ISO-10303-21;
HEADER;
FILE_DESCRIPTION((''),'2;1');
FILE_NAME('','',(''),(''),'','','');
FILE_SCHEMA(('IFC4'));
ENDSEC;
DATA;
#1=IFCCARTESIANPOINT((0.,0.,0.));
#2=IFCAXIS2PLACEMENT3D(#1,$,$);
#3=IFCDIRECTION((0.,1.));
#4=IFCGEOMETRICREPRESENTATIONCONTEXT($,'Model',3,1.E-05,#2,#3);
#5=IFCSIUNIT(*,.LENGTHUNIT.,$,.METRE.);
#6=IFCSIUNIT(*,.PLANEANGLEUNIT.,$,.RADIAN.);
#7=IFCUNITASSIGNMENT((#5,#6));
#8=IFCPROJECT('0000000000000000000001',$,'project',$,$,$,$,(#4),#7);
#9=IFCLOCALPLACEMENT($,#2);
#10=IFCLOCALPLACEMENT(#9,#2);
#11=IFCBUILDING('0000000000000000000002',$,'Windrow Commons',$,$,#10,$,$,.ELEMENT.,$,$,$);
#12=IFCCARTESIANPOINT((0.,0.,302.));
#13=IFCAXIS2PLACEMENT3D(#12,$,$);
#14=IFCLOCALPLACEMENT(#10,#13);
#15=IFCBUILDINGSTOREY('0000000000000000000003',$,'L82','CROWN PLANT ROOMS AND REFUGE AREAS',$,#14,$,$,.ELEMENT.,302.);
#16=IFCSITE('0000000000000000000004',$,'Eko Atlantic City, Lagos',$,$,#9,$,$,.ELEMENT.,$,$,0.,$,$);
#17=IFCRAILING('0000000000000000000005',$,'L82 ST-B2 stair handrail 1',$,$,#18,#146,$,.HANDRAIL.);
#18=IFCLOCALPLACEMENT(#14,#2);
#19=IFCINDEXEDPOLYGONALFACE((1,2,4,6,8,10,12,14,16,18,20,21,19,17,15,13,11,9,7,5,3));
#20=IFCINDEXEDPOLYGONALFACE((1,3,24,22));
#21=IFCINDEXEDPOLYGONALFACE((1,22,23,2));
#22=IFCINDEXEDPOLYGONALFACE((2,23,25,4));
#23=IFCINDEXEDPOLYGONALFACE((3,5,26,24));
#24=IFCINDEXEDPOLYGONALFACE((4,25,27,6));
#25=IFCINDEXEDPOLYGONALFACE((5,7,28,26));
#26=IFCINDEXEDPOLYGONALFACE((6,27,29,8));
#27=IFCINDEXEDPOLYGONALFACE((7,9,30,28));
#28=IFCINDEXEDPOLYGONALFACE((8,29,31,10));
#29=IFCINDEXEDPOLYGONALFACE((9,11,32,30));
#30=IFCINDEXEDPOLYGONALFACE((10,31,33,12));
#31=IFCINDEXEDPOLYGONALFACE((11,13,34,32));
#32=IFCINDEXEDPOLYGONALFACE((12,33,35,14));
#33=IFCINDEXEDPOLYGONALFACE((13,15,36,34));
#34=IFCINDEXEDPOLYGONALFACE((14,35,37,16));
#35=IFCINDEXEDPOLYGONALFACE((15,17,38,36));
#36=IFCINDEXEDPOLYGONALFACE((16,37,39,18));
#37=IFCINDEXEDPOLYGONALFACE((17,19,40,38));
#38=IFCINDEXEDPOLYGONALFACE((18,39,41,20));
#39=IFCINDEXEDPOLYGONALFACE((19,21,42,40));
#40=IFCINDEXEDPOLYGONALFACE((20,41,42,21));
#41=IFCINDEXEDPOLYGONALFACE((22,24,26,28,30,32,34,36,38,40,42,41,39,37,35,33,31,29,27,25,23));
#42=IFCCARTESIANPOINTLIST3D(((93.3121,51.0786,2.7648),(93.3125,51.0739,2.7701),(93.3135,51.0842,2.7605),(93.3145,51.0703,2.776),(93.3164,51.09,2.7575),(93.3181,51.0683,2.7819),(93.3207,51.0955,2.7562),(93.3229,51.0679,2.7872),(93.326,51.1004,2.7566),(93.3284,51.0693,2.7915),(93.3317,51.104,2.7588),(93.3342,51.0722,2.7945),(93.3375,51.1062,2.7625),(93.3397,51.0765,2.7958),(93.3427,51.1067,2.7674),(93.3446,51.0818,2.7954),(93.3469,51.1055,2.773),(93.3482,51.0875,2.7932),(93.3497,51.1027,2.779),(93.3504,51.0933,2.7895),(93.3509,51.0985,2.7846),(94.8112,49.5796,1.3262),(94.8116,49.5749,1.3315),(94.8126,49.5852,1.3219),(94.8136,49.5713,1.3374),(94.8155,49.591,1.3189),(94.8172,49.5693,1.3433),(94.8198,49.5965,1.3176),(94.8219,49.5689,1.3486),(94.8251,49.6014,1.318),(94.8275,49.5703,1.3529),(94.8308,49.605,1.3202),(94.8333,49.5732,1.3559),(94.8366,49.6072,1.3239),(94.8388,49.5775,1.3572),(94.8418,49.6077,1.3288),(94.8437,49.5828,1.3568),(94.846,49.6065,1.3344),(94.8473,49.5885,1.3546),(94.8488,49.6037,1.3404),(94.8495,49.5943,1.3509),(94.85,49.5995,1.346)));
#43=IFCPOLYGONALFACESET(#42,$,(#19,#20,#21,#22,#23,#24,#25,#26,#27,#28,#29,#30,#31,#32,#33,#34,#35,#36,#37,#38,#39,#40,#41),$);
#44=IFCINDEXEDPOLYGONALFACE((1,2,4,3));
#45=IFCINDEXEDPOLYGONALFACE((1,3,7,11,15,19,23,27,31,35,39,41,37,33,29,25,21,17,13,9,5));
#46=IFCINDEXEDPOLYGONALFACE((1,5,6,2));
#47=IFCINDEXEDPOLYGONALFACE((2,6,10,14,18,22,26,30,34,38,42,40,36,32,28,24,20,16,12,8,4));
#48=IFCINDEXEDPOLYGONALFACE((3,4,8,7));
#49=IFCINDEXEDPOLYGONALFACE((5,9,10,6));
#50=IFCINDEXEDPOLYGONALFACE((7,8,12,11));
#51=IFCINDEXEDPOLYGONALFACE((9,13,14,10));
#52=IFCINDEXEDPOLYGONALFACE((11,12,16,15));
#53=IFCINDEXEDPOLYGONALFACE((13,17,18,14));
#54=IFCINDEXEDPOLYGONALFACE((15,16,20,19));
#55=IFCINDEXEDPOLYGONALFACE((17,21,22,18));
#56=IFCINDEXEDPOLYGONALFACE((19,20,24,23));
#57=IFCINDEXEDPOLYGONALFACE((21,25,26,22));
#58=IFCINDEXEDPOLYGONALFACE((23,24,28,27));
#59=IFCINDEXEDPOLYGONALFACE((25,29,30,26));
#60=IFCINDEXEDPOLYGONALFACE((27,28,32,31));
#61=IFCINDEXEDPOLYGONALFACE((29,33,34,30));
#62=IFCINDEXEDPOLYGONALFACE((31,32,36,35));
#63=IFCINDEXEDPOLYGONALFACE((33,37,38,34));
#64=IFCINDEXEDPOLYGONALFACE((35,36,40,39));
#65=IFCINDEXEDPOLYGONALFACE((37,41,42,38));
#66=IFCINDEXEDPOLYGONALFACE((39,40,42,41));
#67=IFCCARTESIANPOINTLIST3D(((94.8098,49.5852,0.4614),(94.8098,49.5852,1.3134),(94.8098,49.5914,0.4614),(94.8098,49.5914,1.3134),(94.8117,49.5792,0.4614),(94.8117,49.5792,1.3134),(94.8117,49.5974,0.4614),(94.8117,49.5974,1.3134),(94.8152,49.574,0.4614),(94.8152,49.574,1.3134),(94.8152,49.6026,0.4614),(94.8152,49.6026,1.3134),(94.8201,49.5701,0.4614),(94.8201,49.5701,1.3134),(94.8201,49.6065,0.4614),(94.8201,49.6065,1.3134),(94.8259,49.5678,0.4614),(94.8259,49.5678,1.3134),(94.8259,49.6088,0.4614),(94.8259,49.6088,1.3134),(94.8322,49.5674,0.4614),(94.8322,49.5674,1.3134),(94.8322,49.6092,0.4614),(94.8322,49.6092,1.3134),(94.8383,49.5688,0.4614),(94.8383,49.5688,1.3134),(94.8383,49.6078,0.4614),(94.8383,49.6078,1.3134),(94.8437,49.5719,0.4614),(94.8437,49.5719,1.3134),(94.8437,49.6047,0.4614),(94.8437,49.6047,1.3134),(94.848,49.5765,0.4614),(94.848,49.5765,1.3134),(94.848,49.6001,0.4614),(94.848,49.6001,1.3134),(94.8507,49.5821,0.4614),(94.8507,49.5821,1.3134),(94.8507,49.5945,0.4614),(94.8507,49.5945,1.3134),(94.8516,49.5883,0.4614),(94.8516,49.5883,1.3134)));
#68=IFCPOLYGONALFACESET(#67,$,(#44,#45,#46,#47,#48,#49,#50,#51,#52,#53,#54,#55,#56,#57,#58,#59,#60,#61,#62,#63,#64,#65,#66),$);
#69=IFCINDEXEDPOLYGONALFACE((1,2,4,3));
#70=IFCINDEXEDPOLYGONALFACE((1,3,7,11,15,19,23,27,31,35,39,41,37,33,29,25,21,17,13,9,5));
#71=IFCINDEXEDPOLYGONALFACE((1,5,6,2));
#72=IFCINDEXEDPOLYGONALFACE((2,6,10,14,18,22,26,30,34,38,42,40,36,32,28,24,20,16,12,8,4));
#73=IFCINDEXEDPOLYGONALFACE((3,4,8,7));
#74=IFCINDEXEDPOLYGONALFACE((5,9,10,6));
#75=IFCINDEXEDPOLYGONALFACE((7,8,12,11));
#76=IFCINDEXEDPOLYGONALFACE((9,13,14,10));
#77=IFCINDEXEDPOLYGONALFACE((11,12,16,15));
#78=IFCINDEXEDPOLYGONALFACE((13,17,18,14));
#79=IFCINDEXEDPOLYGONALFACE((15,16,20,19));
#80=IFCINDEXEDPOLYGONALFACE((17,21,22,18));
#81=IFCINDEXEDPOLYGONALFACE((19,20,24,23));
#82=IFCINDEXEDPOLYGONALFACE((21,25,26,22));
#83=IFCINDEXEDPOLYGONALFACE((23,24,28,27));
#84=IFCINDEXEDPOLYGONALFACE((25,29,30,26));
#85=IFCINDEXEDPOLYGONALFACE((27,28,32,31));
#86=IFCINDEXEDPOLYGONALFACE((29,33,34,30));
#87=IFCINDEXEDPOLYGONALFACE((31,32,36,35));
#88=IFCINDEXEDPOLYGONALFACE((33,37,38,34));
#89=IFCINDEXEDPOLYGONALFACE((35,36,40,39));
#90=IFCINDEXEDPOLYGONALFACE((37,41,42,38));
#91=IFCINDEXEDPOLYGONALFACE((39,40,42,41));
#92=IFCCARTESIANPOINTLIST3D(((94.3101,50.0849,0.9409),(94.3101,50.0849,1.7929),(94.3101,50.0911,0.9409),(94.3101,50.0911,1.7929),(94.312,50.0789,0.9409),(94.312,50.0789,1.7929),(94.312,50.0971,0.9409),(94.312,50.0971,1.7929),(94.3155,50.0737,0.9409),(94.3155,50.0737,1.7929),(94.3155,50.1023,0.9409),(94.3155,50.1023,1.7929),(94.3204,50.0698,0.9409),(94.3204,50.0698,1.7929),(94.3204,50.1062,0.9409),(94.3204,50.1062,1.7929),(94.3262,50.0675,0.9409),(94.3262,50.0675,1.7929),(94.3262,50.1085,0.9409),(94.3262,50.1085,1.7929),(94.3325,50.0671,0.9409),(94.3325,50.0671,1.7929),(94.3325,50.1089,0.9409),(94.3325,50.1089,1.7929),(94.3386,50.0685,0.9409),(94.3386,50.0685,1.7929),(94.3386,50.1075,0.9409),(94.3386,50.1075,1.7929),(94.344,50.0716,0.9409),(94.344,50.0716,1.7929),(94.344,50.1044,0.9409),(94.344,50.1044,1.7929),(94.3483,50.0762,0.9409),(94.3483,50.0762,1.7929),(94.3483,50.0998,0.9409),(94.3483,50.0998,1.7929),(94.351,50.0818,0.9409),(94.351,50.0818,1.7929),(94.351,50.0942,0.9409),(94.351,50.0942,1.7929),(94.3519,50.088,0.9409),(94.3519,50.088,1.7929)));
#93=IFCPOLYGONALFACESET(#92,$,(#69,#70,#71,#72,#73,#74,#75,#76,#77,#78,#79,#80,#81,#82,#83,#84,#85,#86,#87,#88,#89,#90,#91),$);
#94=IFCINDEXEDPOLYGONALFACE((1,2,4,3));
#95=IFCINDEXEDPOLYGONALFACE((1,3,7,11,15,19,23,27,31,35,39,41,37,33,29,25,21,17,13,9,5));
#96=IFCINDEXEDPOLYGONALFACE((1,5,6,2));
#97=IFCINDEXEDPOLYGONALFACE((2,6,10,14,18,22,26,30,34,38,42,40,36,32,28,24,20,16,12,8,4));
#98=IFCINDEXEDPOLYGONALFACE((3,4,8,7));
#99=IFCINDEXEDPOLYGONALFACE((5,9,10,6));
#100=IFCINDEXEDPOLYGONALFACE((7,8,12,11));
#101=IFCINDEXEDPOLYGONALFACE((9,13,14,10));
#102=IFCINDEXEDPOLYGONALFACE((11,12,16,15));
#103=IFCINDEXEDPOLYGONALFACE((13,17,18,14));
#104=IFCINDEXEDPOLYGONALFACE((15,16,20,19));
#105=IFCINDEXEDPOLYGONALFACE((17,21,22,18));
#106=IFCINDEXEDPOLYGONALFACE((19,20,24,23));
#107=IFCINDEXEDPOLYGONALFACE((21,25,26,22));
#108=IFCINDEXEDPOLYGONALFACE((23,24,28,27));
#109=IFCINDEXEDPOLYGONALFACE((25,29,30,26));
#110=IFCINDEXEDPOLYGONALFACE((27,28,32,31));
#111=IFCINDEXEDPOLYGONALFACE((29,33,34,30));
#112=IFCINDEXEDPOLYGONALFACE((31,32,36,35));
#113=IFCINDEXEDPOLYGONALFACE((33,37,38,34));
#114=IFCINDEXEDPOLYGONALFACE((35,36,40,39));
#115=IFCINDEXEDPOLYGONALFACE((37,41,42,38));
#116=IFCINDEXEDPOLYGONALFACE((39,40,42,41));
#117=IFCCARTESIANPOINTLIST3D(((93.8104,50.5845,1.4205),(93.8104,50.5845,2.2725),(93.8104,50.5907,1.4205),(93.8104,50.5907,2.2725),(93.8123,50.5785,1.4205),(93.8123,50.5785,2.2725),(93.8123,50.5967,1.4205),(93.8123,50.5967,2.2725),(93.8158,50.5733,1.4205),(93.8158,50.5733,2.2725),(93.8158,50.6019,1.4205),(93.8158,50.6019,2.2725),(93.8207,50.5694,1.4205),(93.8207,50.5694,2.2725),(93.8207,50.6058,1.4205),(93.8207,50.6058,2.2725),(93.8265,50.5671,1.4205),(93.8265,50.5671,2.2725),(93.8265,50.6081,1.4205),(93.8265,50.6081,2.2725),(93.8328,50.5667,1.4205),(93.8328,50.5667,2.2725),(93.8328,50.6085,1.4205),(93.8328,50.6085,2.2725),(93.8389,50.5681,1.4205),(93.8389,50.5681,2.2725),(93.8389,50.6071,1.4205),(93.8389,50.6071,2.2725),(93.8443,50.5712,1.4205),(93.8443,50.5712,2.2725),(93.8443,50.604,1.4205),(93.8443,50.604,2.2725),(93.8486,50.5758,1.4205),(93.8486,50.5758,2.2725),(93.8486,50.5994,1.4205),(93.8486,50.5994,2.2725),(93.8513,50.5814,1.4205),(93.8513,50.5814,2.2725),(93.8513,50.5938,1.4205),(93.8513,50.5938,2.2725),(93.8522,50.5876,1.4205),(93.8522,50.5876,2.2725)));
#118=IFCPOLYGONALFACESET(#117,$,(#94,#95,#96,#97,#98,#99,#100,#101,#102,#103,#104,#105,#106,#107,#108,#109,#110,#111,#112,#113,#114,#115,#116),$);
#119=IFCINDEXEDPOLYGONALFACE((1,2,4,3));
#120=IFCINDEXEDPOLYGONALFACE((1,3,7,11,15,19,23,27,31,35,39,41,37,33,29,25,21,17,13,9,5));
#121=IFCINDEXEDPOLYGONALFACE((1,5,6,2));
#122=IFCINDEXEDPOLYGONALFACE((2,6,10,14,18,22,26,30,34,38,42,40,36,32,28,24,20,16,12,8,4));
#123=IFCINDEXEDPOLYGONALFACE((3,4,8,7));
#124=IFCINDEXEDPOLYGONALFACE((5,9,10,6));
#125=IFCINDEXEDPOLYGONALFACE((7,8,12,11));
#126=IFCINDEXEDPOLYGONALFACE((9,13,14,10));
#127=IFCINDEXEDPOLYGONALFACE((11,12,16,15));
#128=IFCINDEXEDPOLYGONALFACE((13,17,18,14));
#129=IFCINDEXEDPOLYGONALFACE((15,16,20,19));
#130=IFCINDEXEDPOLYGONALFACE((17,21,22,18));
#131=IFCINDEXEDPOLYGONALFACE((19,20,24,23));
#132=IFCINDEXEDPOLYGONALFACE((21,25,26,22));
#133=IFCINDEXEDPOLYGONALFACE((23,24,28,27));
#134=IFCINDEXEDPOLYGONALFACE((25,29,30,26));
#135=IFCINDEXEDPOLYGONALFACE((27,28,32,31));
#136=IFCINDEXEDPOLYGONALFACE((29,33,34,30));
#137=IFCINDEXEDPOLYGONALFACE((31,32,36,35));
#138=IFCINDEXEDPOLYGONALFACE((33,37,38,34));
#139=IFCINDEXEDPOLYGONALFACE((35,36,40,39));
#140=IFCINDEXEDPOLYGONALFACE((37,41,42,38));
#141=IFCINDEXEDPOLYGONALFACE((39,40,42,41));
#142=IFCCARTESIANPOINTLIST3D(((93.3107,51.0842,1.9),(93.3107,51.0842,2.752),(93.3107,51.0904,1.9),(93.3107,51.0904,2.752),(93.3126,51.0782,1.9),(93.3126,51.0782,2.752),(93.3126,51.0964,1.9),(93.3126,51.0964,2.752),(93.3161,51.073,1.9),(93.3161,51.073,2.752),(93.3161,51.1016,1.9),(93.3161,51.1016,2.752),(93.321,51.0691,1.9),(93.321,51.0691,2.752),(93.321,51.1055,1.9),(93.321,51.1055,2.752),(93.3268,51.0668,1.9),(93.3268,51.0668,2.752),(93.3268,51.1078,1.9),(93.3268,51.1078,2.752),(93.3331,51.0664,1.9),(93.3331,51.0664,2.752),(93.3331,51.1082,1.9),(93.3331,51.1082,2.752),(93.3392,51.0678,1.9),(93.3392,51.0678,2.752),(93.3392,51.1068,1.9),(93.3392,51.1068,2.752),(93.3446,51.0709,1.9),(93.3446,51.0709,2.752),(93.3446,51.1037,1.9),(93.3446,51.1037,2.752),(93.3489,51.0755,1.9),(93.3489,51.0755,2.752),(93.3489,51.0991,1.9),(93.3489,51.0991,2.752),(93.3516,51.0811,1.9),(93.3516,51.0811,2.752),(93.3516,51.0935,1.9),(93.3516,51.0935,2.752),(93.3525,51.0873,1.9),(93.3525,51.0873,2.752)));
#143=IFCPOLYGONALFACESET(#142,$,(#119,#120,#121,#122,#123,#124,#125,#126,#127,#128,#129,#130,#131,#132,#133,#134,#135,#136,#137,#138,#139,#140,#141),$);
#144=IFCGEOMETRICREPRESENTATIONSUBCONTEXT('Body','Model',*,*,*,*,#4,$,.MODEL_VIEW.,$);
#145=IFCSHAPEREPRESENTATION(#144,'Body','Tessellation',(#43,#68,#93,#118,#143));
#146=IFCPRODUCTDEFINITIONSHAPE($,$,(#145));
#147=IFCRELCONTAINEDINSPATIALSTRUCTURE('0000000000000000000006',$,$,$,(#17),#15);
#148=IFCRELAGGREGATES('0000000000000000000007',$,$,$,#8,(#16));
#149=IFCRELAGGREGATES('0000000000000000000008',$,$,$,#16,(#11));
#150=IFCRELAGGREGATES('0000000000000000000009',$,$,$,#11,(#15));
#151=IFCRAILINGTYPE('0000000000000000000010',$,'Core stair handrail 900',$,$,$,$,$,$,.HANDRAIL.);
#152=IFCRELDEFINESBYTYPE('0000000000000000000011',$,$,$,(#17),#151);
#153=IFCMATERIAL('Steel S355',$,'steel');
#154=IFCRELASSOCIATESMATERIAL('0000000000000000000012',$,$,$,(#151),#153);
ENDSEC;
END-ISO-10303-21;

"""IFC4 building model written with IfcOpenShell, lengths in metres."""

from ifc_helpers import new_model, si_unit, direction, frame, origin, origin_2d, place, context, subcontext, project, spatial, circle, extrude, material, type_object, element, save


model = new_model("IFC4")

# Units and contexts
model_context = context("Model", 3, precision=1e-05, world=origin(), true_north=direction((0.0, 1.0)))
body_context = subcontext(model_context, "Body", "Model", "MODEL_VIEW")
ifc_project = project(units=[si_unit("LENGTHUNIT", "METRE"), si_unit("PLANEANGLEUNIT", "RADIAN")], contexts=[model_context])

# Site, building, storey
site_placement = place(None, origin())
site = spatial("IfcSite", under=ifc_project, at=site_placement, Name="Eko Atlantic City, Lagos", CompositionType="ELEMENT", RefElevation=0.0)
building_placement = place(site_placement, origin())
building = spatial("IfcBuilding", under=site, at=building_placement, Name="Windrow Commons", CompositionType="ELEMENT")
storey_placement = place(building_placement, frame((0.0, 0.0, 302.0)))
storey = spatial("IfcBuildingStorey", under=building, at=storey_placement, Name="L82", Description="CROWN PLANT ROOMS AND REFUGE AREAS", CompositionType="ELEMENT", Elevation=302.0)

# Railing
ifc_material_1 = material(Name="Steel S355", Category="steel")
railing_type_1 = type_object("IfcRailingType", Name="Core stair handrail 900", PredefinedType="HANDRAIL", material=ifc_material_1)
railing_1_placement = place(storey_placement, frame((94.8306, 49.5883, 0.4614)))
element("IfcRailing", 1, at=railing_1_placement, inside=storey, type_object=railing_type_1, Name="L82 ST-B2 stair handrail 1", PredefinedType="HANDRAIL", context=body_context, shape_type="SweptSolid", body=[
    extrude(circle(Radius=0.024, at=origin_2d()), frame((0.0, 0.0, 0.876), z_axis=(-0.585128, 0.585089, 0.561513), x_axis=(-0.707083, -0.70713, 0.0)), (0.0, 0.0, 1.0), 2.562),
    extrude(circle(Radius=0.021, at=origin_2d()), origin(), (0.0, 0.0, 1.0), 0.852),
    extrude(circle(Radius=0.021, at=origin_2d()), frame((-0.4997, 0.4997, 0.4795)), (0.0, 0.0, 1.0), 0.852),
    extrude(circle(Radius=0.021, at=origin_2d()), frame((-0.9994, 0.9993, 0.9591)), (0.0, 0.0, 1.0), 0.852),
    extrude(circle(Radius=0.021, at=origin_2d()), frame((-1.4991, 1.499, 1.4386)), (0.0, 0.0, 1.0), 0.852),
])

save(model, "model.ifc")
